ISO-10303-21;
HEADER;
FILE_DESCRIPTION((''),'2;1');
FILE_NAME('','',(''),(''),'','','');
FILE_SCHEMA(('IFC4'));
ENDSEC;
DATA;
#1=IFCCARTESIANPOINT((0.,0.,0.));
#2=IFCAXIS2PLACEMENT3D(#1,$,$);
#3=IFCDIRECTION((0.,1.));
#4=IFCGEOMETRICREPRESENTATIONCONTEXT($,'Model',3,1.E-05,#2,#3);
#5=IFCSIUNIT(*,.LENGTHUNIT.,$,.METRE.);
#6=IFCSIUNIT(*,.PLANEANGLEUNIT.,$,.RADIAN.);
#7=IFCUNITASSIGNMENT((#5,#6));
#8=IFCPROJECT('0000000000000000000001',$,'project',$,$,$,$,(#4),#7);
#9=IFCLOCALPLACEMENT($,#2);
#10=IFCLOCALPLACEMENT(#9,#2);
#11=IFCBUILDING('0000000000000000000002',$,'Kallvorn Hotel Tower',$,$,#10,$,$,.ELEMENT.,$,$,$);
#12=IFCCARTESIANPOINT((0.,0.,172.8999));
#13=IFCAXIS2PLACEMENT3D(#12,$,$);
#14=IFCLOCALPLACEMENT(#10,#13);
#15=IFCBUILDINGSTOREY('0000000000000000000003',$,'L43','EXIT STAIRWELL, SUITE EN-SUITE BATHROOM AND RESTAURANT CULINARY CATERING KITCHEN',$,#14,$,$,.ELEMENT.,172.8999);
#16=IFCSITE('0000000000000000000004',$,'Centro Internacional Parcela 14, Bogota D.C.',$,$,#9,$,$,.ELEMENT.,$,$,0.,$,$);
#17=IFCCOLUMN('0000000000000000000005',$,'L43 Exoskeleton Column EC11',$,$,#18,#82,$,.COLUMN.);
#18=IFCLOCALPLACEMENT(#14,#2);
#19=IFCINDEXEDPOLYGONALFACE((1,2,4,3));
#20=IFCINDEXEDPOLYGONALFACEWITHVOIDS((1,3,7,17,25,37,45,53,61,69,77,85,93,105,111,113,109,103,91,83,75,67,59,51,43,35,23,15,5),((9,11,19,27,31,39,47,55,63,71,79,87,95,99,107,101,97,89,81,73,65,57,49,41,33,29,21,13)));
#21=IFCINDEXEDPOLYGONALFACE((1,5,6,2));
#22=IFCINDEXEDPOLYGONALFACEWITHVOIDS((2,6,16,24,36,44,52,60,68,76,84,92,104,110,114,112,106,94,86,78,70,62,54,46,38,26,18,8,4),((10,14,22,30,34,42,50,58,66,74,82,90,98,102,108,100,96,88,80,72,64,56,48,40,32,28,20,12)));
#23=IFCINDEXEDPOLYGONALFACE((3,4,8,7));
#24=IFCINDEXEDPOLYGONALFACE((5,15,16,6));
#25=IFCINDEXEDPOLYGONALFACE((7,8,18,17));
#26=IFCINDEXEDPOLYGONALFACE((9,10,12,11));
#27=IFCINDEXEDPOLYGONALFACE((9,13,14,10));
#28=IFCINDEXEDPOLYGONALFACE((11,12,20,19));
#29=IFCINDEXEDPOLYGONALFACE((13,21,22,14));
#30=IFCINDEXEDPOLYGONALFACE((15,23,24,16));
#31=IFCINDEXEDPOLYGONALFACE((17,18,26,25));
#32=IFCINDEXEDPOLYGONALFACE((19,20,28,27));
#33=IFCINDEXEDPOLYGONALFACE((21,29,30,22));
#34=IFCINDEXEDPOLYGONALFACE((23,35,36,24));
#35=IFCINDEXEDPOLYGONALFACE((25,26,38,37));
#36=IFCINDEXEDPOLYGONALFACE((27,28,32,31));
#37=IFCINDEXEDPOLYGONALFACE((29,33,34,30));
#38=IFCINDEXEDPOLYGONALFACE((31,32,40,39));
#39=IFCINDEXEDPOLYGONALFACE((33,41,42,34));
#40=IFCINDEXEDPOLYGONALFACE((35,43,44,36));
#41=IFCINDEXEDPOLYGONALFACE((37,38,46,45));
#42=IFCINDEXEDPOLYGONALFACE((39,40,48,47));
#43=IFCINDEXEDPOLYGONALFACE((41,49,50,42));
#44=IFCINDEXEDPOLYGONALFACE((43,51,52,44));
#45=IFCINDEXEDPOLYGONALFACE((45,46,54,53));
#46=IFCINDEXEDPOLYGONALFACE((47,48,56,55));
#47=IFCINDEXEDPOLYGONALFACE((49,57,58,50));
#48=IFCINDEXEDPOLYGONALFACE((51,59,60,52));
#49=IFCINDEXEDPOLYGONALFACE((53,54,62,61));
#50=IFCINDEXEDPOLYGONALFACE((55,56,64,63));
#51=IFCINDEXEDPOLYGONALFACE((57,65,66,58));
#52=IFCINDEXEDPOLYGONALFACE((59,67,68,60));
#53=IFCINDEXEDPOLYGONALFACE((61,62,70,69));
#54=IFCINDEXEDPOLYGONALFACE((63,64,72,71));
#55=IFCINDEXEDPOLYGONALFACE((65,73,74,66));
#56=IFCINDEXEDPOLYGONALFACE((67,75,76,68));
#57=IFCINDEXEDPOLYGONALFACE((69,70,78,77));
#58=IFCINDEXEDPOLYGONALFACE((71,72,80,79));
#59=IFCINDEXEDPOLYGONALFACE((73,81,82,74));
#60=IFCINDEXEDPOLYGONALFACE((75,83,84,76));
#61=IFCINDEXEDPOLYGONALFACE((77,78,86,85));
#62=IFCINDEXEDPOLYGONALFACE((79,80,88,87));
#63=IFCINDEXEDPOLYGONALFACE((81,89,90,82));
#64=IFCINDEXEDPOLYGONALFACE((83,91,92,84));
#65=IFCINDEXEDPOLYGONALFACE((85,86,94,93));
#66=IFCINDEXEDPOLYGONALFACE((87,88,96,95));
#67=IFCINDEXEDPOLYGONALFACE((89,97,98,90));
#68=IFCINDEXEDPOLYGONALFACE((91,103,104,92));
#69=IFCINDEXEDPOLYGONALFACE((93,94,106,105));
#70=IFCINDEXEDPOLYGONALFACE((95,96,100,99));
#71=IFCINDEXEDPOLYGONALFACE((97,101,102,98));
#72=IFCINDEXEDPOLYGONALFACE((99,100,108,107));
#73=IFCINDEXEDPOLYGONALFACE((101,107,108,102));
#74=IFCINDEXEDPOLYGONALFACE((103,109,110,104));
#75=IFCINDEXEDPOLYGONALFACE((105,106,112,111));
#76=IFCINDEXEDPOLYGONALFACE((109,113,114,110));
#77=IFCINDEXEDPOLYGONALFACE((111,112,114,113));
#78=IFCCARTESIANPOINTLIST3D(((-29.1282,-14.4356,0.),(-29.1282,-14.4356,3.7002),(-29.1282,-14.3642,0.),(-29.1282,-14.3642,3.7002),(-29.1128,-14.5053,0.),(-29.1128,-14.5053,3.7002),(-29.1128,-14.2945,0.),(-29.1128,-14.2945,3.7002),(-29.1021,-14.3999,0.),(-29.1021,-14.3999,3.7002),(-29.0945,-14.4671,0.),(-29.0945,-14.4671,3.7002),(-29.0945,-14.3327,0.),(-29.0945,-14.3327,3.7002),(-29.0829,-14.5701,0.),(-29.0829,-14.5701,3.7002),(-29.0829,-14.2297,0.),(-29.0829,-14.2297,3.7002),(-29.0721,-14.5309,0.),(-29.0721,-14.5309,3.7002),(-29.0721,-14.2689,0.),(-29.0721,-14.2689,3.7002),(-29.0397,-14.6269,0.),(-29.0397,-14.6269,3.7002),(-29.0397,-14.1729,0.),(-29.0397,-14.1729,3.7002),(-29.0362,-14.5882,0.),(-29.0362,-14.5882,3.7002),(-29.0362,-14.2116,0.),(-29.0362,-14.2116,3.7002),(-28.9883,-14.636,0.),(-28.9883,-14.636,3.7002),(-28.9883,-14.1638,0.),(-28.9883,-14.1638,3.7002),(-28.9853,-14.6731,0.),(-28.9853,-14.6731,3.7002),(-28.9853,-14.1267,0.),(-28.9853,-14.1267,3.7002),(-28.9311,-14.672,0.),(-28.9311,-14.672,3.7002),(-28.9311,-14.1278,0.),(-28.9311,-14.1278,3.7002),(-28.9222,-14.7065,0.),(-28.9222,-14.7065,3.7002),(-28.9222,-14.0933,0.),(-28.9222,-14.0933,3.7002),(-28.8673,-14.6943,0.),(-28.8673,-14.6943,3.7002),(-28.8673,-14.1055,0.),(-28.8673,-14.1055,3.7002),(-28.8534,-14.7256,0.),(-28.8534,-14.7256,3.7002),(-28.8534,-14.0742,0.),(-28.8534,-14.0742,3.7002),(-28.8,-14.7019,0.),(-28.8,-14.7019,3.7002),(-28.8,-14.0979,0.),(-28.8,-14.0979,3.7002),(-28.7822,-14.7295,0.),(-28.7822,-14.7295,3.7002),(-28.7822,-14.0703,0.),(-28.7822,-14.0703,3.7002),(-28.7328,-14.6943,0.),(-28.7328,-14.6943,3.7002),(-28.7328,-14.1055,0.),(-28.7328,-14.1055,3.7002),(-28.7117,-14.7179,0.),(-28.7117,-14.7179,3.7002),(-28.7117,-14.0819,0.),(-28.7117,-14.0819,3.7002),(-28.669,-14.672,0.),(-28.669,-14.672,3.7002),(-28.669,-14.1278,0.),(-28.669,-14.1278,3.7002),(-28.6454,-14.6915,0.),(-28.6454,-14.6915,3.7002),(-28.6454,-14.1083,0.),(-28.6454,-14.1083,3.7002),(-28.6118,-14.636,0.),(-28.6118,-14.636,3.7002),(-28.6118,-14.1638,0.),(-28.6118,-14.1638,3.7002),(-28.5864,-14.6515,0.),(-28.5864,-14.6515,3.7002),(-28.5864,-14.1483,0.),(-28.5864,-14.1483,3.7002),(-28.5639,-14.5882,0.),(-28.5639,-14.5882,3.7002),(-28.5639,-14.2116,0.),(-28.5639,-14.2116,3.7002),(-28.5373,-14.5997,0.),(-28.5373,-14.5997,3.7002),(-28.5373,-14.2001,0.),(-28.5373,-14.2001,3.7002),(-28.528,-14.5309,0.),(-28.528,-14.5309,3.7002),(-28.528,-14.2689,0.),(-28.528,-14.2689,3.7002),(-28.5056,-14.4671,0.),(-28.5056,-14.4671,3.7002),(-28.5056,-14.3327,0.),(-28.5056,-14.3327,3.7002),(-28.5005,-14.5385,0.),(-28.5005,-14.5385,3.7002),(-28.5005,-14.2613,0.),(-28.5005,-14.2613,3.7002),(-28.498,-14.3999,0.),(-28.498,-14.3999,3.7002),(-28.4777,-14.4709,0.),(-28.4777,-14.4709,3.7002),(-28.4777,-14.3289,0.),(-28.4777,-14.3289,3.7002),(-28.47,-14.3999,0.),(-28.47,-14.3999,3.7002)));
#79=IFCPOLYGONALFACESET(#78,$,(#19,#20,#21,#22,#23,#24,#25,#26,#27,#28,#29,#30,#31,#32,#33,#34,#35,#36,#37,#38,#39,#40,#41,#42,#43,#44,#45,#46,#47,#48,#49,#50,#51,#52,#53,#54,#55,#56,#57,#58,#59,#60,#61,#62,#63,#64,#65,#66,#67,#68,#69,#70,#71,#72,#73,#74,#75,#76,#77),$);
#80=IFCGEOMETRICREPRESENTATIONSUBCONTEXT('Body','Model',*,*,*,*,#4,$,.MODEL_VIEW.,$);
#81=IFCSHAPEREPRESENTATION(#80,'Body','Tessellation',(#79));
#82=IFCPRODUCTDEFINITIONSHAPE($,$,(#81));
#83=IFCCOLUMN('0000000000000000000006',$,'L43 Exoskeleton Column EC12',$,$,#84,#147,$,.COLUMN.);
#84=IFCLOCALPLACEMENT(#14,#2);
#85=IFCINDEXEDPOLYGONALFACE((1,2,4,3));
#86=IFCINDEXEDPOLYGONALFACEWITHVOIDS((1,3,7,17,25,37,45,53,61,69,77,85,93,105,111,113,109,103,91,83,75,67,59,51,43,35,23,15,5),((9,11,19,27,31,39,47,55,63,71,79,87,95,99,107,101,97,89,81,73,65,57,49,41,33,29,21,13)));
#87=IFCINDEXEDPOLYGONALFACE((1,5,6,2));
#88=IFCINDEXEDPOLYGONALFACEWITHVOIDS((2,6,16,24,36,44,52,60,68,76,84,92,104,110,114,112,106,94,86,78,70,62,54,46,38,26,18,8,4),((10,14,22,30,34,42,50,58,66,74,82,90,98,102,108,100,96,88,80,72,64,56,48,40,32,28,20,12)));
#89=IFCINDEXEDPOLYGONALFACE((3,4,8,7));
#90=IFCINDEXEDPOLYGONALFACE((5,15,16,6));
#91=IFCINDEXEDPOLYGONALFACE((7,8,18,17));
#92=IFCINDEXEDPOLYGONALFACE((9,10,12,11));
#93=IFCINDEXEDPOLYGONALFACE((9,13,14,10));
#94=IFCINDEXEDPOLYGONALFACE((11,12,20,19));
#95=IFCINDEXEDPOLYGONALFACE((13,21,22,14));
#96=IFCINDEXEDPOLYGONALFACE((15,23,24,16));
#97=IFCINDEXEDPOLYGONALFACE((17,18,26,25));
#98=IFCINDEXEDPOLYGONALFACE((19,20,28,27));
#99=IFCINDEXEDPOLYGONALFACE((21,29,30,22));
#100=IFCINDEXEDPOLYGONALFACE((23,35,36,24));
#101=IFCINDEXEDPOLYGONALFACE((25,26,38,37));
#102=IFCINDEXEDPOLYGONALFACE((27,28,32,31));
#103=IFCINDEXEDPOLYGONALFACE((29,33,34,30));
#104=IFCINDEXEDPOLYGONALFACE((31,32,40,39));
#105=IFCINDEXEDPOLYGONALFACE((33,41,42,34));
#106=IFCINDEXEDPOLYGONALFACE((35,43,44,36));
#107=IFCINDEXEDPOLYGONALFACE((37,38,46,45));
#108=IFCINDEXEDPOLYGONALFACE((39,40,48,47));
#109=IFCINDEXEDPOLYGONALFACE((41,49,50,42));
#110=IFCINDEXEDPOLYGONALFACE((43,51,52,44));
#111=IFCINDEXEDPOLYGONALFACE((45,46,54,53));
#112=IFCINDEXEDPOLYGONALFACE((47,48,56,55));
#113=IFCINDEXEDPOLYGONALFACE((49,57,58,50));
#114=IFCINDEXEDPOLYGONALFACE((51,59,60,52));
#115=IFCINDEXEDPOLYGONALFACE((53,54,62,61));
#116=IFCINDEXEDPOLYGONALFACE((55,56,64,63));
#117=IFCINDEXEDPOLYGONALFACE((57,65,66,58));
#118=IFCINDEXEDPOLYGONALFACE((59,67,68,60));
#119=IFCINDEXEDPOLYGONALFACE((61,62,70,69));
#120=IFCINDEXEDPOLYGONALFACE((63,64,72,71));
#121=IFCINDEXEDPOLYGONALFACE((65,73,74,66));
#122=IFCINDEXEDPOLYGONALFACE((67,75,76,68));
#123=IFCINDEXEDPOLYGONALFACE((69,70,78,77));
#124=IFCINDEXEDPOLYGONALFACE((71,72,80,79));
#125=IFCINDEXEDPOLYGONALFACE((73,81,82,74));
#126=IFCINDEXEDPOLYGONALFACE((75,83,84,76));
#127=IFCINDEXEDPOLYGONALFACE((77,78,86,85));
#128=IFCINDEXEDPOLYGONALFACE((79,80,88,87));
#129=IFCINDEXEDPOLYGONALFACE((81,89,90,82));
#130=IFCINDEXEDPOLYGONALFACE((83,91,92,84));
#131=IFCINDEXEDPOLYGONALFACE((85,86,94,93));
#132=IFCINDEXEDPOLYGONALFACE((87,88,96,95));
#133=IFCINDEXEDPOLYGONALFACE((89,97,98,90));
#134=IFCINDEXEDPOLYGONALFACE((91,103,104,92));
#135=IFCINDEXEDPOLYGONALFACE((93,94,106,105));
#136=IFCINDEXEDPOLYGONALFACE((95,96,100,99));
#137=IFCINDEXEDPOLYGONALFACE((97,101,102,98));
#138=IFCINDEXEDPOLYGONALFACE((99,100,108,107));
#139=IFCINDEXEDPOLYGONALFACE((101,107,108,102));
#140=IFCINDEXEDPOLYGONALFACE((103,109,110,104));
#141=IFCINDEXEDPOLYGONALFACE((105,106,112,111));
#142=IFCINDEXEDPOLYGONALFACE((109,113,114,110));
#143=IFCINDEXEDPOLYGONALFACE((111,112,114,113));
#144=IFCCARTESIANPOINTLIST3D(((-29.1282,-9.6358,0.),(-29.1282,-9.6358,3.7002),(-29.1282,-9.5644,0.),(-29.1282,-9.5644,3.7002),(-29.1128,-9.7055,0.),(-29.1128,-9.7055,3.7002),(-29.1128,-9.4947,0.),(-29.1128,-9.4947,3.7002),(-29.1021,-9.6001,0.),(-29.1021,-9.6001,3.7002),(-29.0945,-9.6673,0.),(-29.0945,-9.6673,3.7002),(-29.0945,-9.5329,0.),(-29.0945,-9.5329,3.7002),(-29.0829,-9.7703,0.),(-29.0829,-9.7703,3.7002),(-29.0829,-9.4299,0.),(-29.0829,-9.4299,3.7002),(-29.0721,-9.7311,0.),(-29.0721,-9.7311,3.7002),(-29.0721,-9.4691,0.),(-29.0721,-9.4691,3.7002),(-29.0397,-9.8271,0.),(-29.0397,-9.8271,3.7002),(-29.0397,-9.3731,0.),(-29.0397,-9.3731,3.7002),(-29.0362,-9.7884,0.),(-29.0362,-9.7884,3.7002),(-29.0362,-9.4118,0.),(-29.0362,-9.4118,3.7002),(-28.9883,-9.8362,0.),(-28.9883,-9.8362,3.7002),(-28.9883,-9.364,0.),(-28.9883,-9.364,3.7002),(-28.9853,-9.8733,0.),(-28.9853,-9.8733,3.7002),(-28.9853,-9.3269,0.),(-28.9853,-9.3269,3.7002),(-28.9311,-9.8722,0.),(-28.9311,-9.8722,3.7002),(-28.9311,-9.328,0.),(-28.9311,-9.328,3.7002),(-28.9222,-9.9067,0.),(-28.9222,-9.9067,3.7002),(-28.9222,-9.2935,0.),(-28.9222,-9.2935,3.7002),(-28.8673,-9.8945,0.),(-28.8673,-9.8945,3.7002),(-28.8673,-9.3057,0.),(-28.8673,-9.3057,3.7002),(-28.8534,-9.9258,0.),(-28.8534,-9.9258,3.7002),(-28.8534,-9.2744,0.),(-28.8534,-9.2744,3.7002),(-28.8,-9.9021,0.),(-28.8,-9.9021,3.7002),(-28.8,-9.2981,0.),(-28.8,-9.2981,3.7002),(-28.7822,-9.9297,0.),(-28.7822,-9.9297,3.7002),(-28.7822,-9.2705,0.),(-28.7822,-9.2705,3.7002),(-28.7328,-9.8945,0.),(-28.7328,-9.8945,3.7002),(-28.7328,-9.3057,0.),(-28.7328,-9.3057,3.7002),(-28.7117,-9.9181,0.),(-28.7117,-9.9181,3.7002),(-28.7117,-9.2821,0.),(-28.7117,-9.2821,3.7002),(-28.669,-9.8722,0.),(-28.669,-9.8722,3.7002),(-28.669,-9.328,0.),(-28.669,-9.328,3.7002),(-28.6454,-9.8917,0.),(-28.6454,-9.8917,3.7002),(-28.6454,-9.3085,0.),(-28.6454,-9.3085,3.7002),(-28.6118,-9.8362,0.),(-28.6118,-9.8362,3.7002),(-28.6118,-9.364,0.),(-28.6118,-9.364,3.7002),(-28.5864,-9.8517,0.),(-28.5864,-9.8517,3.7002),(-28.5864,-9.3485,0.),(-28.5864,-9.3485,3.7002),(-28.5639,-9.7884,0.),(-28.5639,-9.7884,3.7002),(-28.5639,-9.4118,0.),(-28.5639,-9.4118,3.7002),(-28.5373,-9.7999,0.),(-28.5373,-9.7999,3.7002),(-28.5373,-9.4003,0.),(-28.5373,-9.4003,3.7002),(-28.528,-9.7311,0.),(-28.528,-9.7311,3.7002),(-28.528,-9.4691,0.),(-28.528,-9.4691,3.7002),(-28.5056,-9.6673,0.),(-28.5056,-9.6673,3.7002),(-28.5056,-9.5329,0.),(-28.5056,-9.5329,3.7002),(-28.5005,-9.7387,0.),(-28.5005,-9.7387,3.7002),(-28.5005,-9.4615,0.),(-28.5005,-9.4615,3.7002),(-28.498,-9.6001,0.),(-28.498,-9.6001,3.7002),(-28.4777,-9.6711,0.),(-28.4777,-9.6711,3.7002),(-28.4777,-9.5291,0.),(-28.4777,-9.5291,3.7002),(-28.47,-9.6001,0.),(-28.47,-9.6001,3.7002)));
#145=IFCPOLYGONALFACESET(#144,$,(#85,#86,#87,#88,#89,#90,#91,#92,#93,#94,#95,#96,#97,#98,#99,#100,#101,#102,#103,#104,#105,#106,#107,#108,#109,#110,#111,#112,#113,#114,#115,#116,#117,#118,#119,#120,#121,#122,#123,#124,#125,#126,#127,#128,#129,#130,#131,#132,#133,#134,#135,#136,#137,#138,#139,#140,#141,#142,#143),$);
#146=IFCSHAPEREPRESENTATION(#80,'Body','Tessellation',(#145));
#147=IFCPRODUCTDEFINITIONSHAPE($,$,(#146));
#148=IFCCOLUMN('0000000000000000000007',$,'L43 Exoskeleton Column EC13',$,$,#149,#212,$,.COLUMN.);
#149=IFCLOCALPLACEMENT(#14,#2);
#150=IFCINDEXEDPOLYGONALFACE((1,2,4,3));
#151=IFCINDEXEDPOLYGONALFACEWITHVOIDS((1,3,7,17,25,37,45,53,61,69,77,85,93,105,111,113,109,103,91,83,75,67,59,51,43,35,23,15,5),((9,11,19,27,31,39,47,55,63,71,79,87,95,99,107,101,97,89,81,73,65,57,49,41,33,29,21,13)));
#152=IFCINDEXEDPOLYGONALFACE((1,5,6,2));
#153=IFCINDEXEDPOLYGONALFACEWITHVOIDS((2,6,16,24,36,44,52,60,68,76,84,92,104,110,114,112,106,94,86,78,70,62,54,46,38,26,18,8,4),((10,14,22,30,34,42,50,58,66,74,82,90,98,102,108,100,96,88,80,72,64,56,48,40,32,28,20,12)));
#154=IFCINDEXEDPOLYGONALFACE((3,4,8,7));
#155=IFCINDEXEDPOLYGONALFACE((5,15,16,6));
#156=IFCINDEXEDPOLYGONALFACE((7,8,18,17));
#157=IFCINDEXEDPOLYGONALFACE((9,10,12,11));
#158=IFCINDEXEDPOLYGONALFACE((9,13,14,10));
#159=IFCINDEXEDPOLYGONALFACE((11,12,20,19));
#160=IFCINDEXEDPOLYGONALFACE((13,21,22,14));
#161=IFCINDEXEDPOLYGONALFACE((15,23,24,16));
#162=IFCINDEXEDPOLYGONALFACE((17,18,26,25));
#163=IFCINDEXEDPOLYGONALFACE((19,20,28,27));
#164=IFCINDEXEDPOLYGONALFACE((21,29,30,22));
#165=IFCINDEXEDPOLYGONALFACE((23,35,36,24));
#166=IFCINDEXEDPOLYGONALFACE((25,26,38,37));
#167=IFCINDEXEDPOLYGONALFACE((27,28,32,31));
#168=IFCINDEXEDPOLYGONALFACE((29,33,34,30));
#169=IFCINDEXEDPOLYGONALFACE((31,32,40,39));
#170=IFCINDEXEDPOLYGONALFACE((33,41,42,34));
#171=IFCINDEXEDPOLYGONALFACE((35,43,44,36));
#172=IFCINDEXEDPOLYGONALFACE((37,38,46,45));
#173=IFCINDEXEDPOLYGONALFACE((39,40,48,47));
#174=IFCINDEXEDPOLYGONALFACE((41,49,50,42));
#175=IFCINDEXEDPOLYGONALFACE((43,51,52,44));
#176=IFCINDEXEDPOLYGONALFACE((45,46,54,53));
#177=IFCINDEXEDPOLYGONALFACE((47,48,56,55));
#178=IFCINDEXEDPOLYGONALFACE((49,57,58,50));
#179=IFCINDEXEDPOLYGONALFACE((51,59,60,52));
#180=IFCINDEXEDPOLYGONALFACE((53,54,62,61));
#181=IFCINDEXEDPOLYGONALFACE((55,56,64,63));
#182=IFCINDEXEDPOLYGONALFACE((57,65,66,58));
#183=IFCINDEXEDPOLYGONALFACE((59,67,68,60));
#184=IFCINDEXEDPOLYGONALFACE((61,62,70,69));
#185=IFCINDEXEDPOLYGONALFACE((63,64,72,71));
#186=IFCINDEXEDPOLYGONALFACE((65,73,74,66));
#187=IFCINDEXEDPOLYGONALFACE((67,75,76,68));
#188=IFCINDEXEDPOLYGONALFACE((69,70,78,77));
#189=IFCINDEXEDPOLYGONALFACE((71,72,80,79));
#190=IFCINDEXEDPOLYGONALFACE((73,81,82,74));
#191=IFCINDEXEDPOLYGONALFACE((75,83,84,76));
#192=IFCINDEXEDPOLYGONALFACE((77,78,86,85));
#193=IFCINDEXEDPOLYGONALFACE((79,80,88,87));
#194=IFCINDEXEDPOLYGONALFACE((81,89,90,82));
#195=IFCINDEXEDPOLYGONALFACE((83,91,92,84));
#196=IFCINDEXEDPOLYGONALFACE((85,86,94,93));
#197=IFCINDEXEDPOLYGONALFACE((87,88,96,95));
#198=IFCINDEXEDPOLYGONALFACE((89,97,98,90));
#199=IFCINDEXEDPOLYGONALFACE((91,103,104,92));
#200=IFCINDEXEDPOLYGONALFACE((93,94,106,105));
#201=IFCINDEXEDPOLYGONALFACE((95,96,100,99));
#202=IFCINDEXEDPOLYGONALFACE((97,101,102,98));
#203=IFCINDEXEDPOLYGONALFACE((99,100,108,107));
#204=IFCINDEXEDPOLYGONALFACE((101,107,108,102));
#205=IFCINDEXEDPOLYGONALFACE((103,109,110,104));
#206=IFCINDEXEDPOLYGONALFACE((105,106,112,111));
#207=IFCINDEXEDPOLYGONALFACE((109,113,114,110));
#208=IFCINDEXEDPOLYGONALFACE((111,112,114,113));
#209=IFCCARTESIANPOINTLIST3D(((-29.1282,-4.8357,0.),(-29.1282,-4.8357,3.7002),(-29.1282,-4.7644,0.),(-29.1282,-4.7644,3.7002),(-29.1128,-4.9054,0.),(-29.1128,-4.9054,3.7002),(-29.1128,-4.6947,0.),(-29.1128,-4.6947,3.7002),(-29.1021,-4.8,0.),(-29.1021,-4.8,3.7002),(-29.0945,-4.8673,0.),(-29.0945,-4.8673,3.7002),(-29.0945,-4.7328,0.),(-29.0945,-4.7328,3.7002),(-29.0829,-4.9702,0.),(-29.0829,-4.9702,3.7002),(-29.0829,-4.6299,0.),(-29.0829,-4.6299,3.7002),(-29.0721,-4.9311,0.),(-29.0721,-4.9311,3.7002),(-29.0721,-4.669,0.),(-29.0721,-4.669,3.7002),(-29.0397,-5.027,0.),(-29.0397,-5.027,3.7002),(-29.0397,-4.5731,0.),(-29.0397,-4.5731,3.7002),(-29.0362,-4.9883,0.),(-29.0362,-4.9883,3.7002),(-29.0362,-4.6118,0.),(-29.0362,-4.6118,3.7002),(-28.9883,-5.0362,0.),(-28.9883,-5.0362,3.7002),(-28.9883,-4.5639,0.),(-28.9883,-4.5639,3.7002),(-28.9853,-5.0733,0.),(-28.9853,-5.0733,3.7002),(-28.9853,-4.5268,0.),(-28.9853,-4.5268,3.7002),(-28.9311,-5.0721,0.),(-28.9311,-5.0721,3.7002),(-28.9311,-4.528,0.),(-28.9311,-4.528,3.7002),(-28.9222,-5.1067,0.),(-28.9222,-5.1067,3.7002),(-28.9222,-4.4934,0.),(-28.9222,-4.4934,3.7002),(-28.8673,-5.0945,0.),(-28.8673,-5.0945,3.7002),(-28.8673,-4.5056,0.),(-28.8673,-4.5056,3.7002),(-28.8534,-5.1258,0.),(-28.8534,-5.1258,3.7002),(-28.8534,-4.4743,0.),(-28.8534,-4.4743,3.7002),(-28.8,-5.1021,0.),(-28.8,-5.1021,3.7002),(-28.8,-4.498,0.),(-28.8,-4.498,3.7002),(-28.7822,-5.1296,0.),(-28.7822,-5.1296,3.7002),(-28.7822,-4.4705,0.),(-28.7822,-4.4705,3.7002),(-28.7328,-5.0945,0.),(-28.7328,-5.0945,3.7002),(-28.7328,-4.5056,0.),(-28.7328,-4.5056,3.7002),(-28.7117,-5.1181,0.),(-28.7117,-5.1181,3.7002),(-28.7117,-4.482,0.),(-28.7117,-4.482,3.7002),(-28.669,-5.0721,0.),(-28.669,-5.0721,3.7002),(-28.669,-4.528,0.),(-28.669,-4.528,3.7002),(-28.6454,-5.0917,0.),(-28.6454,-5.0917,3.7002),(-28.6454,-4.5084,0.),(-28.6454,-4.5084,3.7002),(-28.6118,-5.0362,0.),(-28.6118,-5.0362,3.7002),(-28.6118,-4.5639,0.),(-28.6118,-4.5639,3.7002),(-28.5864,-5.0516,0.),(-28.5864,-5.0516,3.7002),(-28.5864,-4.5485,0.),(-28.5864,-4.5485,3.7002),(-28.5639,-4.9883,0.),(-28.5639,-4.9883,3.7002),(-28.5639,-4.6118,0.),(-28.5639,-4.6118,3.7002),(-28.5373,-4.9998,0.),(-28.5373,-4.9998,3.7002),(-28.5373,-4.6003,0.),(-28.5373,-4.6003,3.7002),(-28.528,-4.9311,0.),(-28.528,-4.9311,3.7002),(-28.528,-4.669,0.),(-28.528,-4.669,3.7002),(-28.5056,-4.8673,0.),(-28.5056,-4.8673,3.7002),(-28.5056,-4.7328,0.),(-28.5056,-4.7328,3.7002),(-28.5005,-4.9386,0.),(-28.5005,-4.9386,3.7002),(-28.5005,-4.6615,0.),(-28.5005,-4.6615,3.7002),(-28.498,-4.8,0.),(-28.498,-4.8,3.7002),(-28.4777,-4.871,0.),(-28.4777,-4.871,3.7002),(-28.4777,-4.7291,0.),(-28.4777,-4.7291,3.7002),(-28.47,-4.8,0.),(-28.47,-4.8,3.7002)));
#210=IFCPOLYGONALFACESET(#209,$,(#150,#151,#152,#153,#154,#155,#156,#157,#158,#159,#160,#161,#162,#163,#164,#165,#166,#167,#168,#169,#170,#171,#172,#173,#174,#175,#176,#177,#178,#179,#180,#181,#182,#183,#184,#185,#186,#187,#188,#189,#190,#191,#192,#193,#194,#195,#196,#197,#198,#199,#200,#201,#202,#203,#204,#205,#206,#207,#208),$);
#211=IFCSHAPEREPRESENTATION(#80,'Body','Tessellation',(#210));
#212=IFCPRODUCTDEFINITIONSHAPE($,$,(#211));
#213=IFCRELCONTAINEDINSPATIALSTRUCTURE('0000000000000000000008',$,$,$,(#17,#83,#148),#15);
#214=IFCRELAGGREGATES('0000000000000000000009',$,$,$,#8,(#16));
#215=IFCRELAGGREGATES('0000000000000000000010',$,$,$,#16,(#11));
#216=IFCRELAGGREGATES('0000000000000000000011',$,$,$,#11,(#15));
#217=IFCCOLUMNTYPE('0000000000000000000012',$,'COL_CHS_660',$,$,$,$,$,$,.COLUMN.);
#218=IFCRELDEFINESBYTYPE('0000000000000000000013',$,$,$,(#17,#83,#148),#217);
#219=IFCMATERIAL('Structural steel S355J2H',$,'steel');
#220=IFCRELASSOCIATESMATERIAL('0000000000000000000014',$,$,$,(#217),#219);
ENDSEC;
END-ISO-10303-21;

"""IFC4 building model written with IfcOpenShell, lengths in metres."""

from ifc_helpers import new_model, si_unit, direction, frame, origin, origin_2d, place, context, subcontext, project, spatial, hollow_circle, extrude, material, material_profile, profile_set, type_object, element, save


model = new_model("IFC4")

# Units and contexts
model_context = context("Model", 3, precision=1e-05, world=origin(), true_north=direction((0.0, 1.0)))
body_context = subcontext(model_context, "Body", "Model", "MODEL_VIEW")
ifc_project = project(units=[si_unit("LENGTHUNIT", "METRE"), si_unit("PLANEANGLEUNIT", "RADIAN")], contexts=[model_context])

# Site, building, storey
site_placement = place(None, origin())
site = spatial("IfcSite", under=ifc_project, at=site_placement, Name="Centro Internacional Parcela 14, Bogota D.C.", CompositionType="ELEMENT", RefElevation=0.0)
building_placement = place(site_placement, origin())
building = spatial("IfcBuilding", under=site, at=building_placement, Name="Kallvorn Hotel Tower", CompositionType="ELEMENT")
storey_placement = place(building_placement, frame((0.0, 0.0, 172.8999)))
storey = spatial("IfcBuildingStorey", under=building, at=storey_placement, Name="L43", Description="EXIT STAIRWELL, SUITE EN-SUITE BATHROOM AND RESTAURANT CULINARY CATERING KITCHEN", CompositionType="ELEMENT", Elevation=172.8999)

# Columns
ifc_material_1 = material(Name="Structural steel S355J2H", Category="steel")
ifc_material_profile_1 = material_profile(ifc_material_1, hollow_circle(Radius=0.3301, WallThickness=0.0281, at=origin_2d()), Name="CHS 660x28")
ifc_profile_set_1 = profile_set([ifc_material_profile_1], Name="Structural steel S355J2H")
column_type_1 = type_object("IfcColumnType", Name="COL_CHS_660", PredefinedType="COLUMN", material=ifc_profile_set_1)
for number, where, z_axis, x_axis, name in (
    (1, (-28.8, -14.3999, 0.0), (0.0, 0.0, 1.0), (1.0, 0.0, 0.0), "L43 Exoskeleton Column EC11"),
    (2, (-28.8, -9.6001, 0.0), (0.0, 0.0, 1.0), (1.0, 0.0, 0.0), "L43 Exoskeleton Column EC12"),
    (3, (-28.8, -4.8, 0.0), (0.0, 0.0, 1.0), (1.0, 0.0, 0.0), "L43 Exoskeleton Column EC13"),
):
    element("IfcColumn", number, at=place(storey_placement, frame(where, z_axis=z_axis, x_axis=x_axis)), inside=storey, type_object=column_type_1, Name=name, PredefinedType="COLUMN", context=body_context, shape_type="SweptSolid", body=[
        extrude(hollow_circle(Radius=0.3301, WallThickness=0.0281, at=origin_2d()), origin(), (0.0, 0.0, 1.0), 3.7002),
    ])

save(model, "model.ifc")
